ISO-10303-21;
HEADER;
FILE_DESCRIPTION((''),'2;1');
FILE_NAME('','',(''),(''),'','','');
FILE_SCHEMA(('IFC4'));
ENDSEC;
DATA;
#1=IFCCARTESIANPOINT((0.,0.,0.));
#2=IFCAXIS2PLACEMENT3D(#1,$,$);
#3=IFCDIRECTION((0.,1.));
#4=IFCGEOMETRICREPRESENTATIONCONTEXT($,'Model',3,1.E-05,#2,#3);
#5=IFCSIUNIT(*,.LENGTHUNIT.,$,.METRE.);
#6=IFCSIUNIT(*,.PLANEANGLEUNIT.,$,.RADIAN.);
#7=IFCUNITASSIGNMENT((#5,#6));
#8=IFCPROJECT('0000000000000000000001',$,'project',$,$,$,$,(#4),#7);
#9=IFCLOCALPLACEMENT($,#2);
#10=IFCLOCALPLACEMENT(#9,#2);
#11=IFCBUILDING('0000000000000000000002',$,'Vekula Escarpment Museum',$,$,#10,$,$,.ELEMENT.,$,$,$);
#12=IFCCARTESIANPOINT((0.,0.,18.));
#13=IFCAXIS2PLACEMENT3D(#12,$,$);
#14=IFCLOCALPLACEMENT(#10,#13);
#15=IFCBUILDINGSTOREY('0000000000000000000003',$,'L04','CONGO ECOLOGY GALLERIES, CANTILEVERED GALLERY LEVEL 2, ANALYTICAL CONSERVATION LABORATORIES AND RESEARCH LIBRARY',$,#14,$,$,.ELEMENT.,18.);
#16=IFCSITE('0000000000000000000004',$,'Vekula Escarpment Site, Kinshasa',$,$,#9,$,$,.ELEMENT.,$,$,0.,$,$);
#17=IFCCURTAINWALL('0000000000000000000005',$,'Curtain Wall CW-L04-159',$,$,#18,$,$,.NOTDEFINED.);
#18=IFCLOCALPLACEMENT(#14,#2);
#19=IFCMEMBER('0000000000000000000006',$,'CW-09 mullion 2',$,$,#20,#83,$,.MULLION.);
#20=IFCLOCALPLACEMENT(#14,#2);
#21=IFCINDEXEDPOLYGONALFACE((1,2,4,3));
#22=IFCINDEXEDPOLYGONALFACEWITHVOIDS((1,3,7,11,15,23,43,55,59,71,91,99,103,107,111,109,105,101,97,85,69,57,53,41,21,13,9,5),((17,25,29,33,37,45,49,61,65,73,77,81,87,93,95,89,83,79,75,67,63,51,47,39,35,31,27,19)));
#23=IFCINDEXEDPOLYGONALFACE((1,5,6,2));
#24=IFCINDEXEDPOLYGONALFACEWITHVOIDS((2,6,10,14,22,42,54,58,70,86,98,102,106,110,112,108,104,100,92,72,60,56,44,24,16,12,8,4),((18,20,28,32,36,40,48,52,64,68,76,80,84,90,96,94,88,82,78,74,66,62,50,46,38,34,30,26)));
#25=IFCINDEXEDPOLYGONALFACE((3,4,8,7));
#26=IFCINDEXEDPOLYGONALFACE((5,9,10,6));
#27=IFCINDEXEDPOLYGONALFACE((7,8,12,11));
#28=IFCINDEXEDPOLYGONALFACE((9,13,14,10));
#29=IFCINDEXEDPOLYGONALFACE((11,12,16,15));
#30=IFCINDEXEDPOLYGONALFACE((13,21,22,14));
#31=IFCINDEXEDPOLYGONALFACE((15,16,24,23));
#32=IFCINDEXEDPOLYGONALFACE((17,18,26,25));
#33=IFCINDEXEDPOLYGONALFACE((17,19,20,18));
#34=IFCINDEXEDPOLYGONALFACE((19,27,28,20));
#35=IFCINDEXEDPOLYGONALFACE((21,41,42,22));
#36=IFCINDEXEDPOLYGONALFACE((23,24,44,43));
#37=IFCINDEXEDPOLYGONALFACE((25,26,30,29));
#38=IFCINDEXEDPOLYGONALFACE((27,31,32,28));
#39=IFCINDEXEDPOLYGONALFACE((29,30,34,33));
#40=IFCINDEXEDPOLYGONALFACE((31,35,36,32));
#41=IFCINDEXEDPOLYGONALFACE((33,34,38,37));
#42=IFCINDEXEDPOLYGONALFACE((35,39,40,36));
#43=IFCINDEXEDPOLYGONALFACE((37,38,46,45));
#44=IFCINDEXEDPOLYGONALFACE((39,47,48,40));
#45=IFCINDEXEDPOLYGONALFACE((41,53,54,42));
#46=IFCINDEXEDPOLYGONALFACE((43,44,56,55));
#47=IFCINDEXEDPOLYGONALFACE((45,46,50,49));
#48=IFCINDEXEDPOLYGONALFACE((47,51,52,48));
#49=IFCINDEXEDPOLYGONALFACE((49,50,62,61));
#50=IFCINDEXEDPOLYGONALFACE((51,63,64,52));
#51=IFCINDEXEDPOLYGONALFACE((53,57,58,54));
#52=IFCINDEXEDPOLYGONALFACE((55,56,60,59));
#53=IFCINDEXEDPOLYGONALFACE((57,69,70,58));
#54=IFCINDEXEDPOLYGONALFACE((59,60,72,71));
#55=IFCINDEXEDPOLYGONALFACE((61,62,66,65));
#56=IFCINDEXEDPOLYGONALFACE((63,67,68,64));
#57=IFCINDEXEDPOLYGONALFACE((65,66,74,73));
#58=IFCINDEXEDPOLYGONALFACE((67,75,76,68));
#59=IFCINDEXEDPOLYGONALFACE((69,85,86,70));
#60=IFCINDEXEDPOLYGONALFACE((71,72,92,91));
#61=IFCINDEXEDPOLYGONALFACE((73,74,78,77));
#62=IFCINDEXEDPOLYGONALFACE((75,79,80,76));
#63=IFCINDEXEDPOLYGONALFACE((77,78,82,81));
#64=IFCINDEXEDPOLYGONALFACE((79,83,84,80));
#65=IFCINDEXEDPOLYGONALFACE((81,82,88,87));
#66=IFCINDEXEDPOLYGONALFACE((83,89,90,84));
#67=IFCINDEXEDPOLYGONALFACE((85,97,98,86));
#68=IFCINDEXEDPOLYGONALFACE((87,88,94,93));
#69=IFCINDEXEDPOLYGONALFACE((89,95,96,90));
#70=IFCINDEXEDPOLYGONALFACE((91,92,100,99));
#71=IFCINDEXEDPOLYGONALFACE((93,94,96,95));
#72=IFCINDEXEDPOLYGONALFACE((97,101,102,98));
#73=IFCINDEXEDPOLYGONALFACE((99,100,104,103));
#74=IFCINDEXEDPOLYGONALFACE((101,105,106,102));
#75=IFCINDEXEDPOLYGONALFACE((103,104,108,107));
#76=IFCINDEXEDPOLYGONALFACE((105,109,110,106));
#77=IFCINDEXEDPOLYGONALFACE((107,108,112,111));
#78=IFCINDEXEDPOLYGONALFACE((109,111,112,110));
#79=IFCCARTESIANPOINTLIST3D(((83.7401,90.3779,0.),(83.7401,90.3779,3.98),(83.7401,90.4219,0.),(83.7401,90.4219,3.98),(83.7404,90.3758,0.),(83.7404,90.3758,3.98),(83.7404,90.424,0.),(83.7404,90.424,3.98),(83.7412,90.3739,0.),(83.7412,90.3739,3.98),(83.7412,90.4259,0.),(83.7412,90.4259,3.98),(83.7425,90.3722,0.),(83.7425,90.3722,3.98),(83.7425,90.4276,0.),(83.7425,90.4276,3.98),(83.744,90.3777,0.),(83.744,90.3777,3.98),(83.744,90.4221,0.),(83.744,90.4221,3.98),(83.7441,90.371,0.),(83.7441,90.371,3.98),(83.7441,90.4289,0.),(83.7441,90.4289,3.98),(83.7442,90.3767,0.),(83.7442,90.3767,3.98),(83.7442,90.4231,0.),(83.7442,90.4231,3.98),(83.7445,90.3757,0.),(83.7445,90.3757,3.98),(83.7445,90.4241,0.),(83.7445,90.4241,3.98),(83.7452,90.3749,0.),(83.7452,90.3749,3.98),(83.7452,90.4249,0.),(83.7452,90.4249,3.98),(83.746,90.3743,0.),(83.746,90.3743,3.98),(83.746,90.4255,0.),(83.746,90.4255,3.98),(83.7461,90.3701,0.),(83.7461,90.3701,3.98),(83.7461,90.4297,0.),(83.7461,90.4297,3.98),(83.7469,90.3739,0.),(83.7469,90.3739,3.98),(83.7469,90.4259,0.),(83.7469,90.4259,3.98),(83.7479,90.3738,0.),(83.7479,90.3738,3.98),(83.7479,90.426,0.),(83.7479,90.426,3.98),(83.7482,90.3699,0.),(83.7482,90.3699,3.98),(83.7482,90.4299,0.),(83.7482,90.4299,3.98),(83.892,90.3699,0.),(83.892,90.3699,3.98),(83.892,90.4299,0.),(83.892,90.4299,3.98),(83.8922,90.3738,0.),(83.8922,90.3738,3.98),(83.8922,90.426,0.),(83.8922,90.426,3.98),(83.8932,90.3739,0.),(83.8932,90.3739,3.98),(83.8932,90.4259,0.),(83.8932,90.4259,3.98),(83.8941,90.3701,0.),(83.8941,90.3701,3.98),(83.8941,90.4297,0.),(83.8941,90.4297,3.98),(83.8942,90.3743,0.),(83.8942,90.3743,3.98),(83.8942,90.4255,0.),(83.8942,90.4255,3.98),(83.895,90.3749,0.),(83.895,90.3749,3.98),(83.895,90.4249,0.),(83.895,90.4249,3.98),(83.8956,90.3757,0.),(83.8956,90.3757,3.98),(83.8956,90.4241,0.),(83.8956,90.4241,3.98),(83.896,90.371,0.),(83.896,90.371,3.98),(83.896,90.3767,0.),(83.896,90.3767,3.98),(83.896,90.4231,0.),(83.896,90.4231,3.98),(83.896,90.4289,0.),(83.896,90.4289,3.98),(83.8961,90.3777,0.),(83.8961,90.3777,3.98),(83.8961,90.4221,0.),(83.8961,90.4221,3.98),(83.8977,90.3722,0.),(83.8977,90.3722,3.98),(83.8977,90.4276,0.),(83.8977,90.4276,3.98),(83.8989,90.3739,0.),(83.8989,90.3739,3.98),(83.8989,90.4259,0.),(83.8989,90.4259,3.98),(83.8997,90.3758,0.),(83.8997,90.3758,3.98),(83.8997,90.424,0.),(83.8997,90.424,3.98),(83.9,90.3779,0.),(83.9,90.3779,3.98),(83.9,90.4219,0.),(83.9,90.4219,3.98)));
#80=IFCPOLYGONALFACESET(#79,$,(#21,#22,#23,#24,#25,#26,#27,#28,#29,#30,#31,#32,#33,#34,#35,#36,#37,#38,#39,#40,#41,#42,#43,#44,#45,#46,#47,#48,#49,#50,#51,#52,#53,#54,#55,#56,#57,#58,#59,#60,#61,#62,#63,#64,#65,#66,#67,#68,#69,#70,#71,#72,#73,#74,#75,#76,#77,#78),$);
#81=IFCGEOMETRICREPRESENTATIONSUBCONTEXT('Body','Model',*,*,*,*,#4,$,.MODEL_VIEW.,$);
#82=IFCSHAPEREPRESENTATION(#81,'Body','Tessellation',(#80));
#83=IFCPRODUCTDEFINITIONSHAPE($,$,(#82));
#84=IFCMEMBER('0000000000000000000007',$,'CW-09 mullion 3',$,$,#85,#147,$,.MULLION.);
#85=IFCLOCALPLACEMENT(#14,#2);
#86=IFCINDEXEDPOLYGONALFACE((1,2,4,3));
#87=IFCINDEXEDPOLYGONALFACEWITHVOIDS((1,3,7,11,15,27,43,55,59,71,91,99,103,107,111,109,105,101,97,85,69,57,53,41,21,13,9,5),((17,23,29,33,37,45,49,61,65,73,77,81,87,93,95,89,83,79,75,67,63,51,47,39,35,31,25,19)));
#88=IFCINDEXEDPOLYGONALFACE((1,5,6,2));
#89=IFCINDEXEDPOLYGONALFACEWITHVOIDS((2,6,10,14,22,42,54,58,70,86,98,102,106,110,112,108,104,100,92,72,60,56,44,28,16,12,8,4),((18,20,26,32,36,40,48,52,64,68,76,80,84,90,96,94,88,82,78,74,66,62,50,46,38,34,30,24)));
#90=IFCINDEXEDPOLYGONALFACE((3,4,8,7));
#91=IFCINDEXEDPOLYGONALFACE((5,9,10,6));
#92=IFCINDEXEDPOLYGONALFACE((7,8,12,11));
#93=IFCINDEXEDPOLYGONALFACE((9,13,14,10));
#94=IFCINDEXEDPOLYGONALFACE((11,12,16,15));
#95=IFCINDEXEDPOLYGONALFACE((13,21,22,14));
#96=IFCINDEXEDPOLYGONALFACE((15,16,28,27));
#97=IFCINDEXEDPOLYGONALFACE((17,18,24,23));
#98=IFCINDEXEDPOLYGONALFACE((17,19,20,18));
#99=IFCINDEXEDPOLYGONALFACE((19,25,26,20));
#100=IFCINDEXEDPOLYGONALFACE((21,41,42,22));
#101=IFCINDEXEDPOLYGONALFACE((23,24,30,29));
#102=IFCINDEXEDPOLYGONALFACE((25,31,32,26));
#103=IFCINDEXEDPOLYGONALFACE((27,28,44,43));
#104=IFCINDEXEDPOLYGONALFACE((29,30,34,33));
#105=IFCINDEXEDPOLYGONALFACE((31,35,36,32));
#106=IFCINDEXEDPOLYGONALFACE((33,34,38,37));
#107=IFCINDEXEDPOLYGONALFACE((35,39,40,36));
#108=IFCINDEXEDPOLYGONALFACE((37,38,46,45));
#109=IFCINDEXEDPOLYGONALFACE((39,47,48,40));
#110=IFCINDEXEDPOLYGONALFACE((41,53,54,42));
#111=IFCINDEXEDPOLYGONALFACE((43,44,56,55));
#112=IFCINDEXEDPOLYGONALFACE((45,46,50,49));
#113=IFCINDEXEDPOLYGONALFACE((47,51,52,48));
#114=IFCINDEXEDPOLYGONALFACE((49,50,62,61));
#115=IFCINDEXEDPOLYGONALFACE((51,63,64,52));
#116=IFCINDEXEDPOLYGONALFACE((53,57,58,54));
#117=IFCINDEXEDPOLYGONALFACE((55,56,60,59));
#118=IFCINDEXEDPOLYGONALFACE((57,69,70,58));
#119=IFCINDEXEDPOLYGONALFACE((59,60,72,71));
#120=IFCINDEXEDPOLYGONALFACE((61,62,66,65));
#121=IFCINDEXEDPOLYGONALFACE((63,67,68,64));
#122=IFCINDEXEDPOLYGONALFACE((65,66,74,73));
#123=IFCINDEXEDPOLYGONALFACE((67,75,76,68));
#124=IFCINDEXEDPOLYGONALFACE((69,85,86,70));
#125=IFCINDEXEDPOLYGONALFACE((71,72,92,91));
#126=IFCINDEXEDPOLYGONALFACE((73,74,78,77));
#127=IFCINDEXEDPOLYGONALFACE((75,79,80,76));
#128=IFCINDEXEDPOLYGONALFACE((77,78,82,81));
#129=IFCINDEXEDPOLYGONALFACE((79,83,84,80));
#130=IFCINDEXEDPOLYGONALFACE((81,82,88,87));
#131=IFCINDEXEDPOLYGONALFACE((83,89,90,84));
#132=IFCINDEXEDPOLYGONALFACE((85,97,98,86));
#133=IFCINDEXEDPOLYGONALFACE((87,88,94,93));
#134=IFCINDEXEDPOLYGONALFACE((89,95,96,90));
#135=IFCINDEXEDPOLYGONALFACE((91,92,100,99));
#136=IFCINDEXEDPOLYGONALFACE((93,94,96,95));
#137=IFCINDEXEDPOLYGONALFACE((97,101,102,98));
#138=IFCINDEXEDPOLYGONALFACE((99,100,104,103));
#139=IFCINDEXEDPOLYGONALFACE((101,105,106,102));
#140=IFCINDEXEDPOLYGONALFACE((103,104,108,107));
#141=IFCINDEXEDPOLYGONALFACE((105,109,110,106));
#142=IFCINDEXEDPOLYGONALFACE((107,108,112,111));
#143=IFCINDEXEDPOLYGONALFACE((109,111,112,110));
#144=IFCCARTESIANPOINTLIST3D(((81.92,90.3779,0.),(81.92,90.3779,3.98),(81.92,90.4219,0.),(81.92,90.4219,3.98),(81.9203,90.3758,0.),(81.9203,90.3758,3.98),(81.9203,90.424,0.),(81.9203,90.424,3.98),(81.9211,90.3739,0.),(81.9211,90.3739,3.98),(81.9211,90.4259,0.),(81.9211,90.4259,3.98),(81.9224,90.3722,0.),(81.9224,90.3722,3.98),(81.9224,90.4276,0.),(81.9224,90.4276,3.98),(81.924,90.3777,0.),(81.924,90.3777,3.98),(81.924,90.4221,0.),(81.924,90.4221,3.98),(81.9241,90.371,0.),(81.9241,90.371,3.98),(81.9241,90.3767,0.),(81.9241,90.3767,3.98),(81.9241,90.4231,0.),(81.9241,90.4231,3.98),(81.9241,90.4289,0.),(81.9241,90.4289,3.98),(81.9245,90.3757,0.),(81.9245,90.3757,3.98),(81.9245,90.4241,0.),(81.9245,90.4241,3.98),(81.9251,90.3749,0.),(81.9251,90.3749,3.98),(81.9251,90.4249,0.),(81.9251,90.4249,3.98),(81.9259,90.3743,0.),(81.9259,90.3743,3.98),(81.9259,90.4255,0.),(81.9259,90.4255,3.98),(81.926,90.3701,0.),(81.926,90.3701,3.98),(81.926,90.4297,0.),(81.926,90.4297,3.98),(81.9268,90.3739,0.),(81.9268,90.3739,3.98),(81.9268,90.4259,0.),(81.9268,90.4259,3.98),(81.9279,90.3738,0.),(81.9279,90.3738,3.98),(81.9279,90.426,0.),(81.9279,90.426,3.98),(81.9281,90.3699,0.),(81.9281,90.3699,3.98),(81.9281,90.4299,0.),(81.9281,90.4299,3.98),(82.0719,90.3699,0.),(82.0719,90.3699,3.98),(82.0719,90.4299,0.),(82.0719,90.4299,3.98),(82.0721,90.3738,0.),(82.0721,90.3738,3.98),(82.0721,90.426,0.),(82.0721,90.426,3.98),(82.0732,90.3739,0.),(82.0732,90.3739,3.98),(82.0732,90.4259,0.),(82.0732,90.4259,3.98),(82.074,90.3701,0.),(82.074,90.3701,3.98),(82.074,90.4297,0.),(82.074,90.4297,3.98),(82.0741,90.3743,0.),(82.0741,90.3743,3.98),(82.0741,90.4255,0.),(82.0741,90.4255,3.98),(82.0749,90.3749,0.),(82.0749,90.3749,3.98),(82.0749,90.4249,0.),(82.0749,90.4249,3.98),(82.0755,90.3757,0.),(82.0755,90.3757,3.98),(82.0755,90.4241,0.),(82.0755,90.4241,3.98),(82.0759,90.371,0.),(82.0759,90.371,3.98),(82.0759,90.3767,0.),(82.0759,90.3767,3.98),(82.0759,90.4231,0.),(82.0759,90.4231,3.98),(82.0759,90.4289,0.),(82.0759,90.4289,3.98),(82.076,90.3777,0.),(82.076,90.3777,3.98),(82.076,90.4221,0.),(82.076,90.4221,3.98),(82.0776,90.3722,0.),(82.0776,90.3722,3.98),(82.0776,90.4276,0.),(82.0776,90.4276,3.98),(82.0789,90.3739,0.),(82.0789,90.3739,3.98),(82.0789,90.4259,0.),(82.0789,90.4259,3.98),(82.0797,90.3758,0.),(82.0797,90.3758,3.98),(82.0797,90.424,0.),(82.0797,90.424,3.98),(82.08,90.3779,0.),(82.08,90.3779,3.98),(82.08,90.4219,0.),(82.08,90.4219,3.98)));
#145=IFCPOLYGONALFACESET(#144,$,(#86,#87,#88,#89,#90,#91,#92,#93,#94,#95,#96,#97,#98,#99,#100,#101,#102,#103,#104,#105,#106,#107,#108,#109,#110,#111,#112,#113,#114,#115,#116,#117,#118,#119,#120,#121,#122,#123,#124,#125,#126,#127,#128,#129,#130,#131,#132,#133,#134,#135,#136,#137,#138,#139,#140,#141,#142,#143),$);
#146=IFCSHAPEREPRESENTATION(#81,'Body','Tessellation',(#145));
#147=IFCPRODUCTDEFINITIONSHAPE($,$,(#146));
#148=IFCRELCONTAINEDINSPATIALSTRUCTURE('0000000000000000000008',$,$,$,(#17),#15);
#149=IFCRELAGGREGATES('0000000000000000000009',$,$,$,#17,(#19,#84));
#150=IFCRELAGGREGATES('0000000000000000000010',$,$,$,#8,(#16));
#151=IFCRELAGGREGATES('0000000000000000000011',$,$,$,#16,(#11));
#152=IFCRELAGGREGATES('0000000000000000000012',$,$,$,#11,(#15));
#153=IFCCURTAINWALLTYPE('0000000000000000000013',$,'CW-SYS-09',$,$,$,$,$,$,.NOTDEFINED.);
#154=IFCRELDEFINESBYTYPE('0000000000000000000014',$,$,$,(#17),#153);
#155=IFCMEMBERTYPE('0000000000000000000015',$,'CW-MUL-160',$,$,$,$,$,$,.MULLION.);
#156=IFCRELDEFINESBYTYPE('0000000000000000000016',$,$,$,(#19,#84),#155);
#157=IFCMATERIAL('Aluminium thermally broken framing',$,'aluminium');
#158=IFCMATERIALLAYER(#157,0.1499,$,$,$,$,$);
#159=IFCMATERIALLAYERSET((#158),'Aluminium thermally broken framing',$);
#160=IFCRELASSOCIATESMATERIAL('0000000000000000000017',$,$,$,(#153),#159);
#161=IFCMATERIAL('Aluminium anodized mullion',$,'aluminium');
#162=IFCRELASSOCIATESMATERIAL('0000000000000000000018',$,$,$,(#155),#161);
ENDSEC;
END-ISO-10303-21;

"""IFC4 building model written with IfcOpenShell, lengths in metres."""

from ifc_helpers import new_model, si_unit, direction, frame, origin, origin_2d, place, context, subcontext, project, spatial, hollow_rectangle, extrude, material, layer, layer_set, material_profile, profile_set, type_object, element, aggregate, save


model = new_model("IFC4")

# Units and contexts
model_context = context("Model", 3, precision=1e-05, world=origin(), true_north=direction((0.0, 1.0)))
body_context = subcontext(model_context, "Body", "Model", "MODEL_VIEW")
ifc_project = project(units=[si_unit("LENGTHUNIT", "METRE"), si_unit("PLANEANGLEUNIT", "RADIAN")], contexts=[model_context])

# Site, building, storey
site_placement = place(None, origin())
site = spatial("IfcSite", under=ifc_project, at=site_placement, Name="Vekula Escarpment Site, Kinshasa", CompositionType="ELEMENT", RefElevation=0.0)
building_placement = place(site_placement, origin())
building = spatial("IfcBuilding", under=site, at=building_placement, Name="Vekula Escarpment Museum", CompositionType="ELEMENT")
storey_placement = place(building_placement, frame((0.0, 0.0, 18.0)))
storey = spatial("IfcBuildingStorey", under=building, at=storey_placement, Name="L04", Description="CONGO ECOLOGY GALLERIES, CANTILEVERED GALLERY LEVEL 2, ANALYTICAL CONSERVATION LABORATORIES AND RESEARCH LIBRARY", CompositionType="ELEMENT", Elevation=18.0)

# Curtain wall, members
ifc_material_1 = material(Name="Aluminium thermally broken framing", Category="aluminium")
ifc_layer_1 = layer(ifc_material_1, 0.1499)
ifc_layer_set_1 = layer_set([ifc_layer_1], Name="Aluminium thermally broken framing")
curtain_wall_type_1 = type_object("IfcCurtainWallType", Name="CW-SYS-09", PredefinedType="NOTDEFINED", material=ifc_layer_set_1)
curtain_wall_1_placement = place(storey_placement, origin())
curtain_wall_1 = element("IfcCurtainWall", 1, at=curtain_wall_1_placement, inside=storey, type_object=curtain_wall_type_1, Name="Curtain Wall CW-L04-159", PredefinedType="NOTDEFINED")
ifc_material_2 = material(Name="Aluminium anodized mullion", Category="aluminium")
ifc_material_profile_1 = material_profile(ifc_material_2, hollow_rectangle(XDim=0.0601, YDim=0.1599, WallThickness=0.0039, InnerFilletRadius=0.0039, OuterFilletRadius=0.0081, at=origin_2d()), Name="ALU 160x60x4")
ifc_profile_set_1 = profile_set([ifc_material_profile_1], Name="Aluminium anodized mullion")
member_type_1 = type_object("IfcMemberType", Name="CW-MUL-160", PredefinedType="MULLION", material=ifc_profile_set_1)
member_1_placement = place(storey_placement, frame((83.8201, 90.3999, 0.0), z_axis=(0.0, 0.0, 1.0), x_axis=(0.0, -1.0, 0.0)))
member_1 = element("IfcMember", 2, at=member_1_placement, type_object=member_type_1, Name="CW-09 mullion 2", PredefinedType="MULLION", context=body_context, shape_type="SweptSolid", body=[
    extrude(hollow_rectangle(XDim=0.0601, YDim=0.1599, WallThickness=0.0039, InnerFilletRadius=0.0039, OuterFilletRadius=0.0081, at=origin_2d()), origin(), (0.0, 0.0, 1.0), 3.98),
])
member_2_placement = place(storey_placement, frame((82.0, 90.3999, 0.0), z_axis=(0.0, 0.0, 1.0), x_axis=(0.0, -1.0, 0.0)))
member_2 = element("IfcMember", 3, at=member_2_placement, type_object=member_type_1, Name="CW-09 mullion 3", PredefinedType="MULLION", context=body_context, shape_type="SweptSolid", body=[
    extrude(hollow_rectangle(XDim=0.0601, YDim=0.1599, WallThickness=0.0039, InnerFilletRadius=0.0039, OuterFilletRadius=0.0081, at=origin_2d()), origin(), (0.0, 0.0, 1.0), 3.98),
])

aggregate(curtain_wall_1, [member_1, member_2])

save(model, "model.ifc")
